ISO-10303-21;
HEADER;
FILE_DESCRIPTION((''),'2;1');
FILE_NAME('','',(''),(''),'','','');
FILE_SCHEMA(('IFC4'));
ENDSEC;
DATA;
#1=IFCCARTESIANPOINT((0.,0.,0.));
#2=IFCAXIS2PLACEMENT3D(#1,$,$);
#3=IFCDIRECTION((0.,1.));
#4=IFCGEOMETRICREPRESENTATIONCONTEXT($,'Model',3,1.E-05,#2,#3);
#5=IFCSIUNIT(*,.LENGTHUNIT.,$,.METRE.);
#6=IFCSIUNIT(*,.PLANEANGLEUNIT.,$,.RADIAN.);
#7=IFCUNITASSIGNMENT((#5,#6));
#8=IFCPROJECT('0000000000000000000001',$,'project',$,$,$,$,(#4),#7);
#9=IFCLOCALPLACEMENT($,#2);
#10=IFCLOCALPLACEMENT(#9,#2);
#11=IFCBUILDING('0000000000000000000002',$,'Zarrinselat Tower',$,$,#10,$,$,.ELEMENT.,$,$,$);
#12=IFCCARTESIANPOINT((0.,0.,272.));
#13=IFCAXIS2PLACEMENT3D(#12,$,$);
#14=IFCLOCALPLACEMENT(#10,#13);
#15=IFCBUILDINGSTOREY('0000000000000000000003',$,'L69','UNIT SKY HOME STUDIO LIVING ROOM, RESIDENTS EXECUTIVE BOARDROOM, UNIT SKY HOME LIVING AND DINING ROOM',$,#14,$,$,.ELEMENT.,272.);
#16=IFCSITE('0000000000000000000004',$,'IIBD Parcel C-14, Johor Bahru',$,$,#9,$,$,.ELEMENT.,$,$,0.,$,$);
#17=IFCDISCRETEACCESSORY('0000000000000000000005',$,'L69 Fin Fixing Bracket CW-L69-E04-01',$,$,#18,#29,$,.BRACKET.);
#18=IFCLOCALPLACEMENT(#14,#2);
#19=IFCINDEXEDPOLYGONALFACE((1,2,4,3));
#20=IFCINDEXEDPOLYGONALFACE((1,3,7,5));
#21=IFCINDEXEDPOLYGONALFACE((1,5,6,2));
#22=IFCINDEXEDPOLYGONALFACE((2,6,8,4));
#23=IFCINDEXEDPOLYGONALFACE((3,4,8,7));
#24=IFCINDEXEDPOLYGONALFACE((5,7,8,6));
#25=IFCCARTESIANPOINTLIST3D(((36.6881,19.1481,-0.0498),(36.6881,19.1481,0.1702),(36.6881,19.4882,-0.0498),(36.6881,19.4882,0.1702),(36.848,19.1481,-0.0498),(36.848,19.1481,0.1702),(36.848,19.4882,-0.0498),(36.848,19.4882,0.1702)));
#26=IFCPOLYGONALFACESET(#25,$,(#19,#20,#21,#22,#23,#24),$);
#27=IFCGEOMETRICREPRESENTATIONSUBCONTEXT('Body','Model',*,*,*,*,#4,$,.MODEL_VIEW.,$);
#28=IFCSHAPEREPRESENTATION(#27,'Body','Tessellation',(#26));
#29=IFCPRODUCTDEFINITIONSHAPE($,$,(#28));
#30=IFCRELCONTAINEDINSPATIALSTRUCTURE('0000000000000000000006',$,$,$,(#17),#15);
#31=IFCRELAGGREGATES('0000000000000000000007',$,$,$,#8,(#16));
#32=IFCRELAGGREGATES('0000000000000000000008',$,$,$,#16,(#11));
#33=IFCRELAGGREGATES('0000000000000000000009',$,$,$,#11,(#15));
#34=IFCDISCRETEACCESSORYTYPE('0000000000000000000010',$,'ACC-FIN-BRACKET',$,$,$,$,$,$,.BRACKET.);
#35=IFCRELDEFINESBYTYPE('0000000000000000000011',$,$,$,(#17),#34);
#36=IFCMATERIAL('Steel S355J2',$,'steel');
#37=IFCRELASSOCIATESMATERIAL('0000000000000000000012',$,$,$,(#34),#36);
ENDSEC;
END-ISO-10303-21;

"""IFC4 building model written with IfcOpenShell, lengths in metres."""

from ifc_helpers import new_model, si_unit, direction, frame, origin, origin_2d, place, context, subcontext, project, spatial, rectangle, extrude, material, type_object, element, save


model = new_model("IFC4")

# Units and contexts
model_context = context("Model", 3, precision=1e-05, world=origin(), true_north=direction((0.0, 1.0)))
body_context = subcontext(model_context, "Body", "Model", "MODEL_VIEW")
ifc_project = project(units=[si_unit("LENGTHUNIT", "METRE"), si_unit("PLANEANGLEUNIT", "RADIAN")], contexts=[model_context])

# Site, building, storey
site_placement = place(None, origin())
site = spatial("IfcSite", under=ifc_project, at=site_placement, Name="IIBD Parcel C-14, Johor Bahru", CompositionType="ELEMENT", RefElevation=0.0)
building_placement = place(site_placement, origin())
building = spatial("IfcBuilding", under=site, at=building_placement, Name="Zarrinselat Tower", CompositionType="ELEMENT")
storey_placement = place(building_placement, frame((0.0, 0.0, 272.0)))
storey = spatial("IfcBuildingStorey", under=building, at=storey_placement, Name="L69", Description="UNIT SKY HOME STUDIO LIVING ROOM, RESIDENTS EXECUTIVE BOARDROOM, UNIT SKY HOME LIVING AND DINING ROOM", CompositionType="ELEMENT", Elevation=272.0)

# Discrete accessory
ifc_material_1 = material(Name="Steel S355J2", Category="steel")
discrete_accessory_type = type_object("IfcDiscreteAccessoryType", Name="ACC-FIN-BRACKET", PredefinedType="BRACKET", material=ifc_material_1)
discrete_accessory_placement = place(storey_placement, frame((36.7681, 19.3181, -0.0498), z_axis=(0.0, 0.0, 1.0), x_axis=(0.0, -1.0, 0.0)))
element("IfcDiscreteAccessory", 1, at=discrete_accessory_placement, inside=storey, type_object=discrete_accessory_type, Name="L69 Fin Fixing Bracket CW-L69-E04-01", PredefinedType="BRACKET", context=body_context, shape_type="SweptSolid", body=[
    extrude(rectangle(XDim=0.3401, YDim=0.1599, at=origin_2d()), origin(), (0.0, 0.0, 1.0), 0.22),
])

save(model, "model.ifc")
